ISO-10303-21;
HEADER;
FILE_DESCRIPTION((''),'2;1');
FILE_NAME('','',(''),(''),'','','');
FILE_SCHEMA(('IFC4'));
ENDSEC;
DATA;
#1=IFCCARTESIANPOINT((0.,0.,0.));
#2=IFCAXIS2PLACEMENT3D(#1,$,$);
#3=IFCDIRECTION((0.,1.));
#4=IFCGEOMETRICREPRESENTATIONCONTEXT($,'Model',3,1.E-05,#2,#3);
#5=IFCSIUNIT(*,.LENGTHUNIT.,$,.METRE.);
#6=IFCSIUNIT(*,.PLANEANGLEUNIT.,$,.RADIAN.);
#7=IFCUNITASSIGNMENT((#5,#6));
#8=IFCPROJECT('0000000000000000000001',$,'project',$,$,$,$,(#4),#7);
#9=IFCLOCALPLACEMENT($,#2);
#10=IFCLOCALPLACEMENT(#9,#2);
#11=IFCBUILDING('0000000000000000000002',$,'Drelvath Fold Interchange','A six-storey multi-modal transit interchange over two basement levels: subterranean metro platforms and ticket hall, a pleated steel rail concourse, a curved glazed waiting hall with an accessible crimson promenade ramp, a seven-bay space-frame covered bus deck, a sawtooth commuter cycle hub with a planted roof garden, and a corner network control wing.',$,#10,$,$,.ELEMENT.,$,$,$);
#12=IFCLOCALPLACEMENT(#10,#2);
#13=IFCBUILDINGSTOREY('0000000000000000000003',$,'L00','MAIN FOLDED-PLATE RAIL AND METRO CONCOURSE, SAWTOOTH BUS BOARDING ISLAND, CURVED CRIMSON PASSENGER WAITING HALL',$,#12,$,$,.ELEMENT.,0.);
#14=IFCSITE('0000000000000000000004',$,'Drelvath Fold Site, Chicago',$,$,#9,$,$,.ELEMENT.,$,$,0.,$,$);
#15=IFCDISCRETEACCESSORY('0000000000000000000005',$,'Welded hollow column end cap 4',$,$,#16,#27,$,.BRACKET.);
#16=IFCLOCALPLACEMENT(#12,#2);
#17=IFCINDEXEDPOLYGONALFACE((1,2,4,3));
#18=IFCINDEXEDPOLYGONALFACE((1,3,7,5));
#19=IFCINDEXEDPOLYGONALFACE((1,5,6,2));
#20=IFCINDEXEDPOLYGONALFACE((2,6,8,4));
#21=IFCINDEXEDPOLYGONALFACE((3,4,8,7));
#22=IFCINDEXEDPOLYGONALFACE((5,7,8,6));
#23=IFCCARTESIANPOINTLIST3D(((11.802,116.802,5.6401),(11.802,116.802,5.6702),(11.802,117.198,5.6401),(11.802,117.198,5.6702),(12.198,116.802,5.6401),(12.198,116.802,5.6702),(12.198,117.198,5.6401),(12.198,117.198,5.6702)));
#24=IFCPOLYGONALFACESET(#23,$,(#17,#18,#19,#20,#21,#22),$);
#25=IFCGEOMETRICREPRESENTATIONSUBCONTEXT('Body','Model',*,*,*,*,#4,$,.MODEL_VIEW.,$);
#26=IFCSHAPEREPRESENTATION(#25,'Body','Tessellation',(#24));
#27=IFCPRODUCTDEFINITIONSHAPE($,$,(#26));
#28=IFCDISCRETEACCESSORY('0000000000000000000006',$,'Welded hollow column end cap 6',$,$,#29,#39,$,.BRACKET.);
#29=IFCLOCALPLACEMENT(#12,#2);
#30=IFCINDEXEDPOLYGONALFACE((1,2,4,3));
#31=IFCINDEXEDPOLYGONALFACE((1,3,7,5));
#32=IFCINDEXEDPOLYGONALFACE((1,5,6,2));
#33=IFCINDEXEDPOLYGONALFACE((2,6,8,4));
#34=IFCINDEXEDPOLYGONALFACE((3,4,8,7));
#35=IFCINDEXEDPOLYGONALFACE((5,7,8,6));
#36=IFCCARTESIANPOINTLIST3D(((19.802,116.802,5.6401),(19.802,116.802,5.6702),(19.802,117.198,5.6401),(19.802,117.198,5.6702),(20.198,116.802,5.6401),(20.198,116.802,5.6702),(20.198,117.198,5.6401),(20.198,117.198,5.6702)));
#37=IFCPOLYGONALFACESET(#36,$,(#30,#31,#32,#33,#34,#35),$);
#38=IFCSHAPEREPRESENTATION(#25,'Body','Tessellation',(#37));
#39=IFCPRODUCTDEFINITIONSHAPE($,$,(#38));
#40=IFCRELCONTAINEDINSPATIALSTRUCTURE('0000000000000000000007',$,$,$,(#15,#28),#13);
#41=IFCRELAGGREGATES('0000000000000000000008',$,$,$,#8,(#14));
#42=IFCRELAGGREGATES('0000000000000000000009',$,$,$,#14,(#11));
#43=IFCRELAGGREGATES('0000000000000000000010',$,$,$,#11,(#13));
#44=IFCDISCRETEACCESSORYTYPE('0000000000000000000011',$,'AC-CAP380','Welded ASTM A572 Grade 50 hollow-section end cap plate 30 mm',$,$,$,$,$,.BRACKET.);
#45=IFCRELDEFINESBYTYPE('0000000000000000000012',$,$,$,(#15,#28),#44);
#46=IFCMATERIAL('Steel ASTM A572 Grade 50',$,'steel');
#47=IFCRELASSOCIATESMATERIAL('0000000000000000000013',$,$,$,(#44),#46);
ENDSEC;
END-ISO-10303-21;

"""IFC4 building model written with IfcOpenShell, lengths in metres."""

from ifc_helpers import new_model, si_unit, direction, frame, origin, origin_2d, place, context, subcontext, project, spatial, rectangle, extrude, material, type_object, element, save


model = new_model("IFC4")

# Units and contexts
model_context = context("Model", 3, precision=1e-05, world=origin(), true_north=direction((0.0, 1.0)))
body_context = subcontext(model_context, "Body", "Model", "MODEL_VIEW")
ifc_project = project(units=[si_unit("LENGTHUNIT", "METRE"), si_unit("PLANEANGLEUNIT", "RADIAN")], contexts=[model_context])

# Site, building, storey
site_placement = place(None, origin())
site = spatial("IfcSite", under=ifc_project, at=site_placement, Name="Drelvath Fold Site, Chicago", CompositionType="ELEMENT", RefElevation=0.0)
building_placement = place(site_placement, origin())
building = spatial("IfcBuilding", under=site, at=building_placement, Name="Drelvath Fold Interchange", Description="A six-storey multi-modal transit interchange over two basement levels: subterranean metro platforms and ticket hall, a pleated steel rail concourse, a curved glazed waiting hall with an accessible crimson promenade ramp, a seven-bay space-frame covered bus deck, a sawtooth commuter cycle hub with a planted roof garden, and a corner network control wing.", CompositionType="ELEMENT")
storey_placement = place(building_placement, origin())
storey = spatial("IfcBuildingStorey", under=building, at=storey_placement, Name="L00", Description="MAIN FOLDED-PLATE RAIL AND METRO CONCOURSE, SAWTOOTH BUS BOARDING ISLAND, CURVED CRIMSON PASSENGER WAITING HALL", CompositionType="ELEMENT", Elevation=0.0)

# Discrete accessories
ifc_material_1 = material(Name="Steel ASTM A572 Grade 50", Category="steel")
discrete_accessory_type = type_object("IfcDiscreteAccessoryType", Name="AC-CAP380", Description="Welded ASTM A572 Grade 50 hollow-section end cap plate 30 mm", PredefinedType="BRACKET", material=ifc_material_1)
for number, where, z_axis, x_axis, name in (
    (1, (12.0, 117.0, 5.6401), (0.0, 0.0, 1.0), (1.0, 0.0, 0.0), "Welded hollow column end cap 4"),
    (2, (20.0, 117.0, 5.6401), (0.0, 0.0, 1.0), (1.0, 0.0, 0.0), "Welded hollow column end cap 6"),
):
    element("IfcDiscreteAccessory", number, at=place(storey_placement, frame(where, z_axis=z_axis, x_axis=x_axis)), inside=storey, type_object=discrete_accessory_type, Name=name, PredefinedType="BRACKET", context=body_context, shape_type="SweptSolid", body=[
        extrude(rectangle(XDim=0.396, YDim=0.396, at=origin_2d()), origin(), (0.0, 0.0, 1.0), 0.03),
    ])

save(model, "model.ifc")
